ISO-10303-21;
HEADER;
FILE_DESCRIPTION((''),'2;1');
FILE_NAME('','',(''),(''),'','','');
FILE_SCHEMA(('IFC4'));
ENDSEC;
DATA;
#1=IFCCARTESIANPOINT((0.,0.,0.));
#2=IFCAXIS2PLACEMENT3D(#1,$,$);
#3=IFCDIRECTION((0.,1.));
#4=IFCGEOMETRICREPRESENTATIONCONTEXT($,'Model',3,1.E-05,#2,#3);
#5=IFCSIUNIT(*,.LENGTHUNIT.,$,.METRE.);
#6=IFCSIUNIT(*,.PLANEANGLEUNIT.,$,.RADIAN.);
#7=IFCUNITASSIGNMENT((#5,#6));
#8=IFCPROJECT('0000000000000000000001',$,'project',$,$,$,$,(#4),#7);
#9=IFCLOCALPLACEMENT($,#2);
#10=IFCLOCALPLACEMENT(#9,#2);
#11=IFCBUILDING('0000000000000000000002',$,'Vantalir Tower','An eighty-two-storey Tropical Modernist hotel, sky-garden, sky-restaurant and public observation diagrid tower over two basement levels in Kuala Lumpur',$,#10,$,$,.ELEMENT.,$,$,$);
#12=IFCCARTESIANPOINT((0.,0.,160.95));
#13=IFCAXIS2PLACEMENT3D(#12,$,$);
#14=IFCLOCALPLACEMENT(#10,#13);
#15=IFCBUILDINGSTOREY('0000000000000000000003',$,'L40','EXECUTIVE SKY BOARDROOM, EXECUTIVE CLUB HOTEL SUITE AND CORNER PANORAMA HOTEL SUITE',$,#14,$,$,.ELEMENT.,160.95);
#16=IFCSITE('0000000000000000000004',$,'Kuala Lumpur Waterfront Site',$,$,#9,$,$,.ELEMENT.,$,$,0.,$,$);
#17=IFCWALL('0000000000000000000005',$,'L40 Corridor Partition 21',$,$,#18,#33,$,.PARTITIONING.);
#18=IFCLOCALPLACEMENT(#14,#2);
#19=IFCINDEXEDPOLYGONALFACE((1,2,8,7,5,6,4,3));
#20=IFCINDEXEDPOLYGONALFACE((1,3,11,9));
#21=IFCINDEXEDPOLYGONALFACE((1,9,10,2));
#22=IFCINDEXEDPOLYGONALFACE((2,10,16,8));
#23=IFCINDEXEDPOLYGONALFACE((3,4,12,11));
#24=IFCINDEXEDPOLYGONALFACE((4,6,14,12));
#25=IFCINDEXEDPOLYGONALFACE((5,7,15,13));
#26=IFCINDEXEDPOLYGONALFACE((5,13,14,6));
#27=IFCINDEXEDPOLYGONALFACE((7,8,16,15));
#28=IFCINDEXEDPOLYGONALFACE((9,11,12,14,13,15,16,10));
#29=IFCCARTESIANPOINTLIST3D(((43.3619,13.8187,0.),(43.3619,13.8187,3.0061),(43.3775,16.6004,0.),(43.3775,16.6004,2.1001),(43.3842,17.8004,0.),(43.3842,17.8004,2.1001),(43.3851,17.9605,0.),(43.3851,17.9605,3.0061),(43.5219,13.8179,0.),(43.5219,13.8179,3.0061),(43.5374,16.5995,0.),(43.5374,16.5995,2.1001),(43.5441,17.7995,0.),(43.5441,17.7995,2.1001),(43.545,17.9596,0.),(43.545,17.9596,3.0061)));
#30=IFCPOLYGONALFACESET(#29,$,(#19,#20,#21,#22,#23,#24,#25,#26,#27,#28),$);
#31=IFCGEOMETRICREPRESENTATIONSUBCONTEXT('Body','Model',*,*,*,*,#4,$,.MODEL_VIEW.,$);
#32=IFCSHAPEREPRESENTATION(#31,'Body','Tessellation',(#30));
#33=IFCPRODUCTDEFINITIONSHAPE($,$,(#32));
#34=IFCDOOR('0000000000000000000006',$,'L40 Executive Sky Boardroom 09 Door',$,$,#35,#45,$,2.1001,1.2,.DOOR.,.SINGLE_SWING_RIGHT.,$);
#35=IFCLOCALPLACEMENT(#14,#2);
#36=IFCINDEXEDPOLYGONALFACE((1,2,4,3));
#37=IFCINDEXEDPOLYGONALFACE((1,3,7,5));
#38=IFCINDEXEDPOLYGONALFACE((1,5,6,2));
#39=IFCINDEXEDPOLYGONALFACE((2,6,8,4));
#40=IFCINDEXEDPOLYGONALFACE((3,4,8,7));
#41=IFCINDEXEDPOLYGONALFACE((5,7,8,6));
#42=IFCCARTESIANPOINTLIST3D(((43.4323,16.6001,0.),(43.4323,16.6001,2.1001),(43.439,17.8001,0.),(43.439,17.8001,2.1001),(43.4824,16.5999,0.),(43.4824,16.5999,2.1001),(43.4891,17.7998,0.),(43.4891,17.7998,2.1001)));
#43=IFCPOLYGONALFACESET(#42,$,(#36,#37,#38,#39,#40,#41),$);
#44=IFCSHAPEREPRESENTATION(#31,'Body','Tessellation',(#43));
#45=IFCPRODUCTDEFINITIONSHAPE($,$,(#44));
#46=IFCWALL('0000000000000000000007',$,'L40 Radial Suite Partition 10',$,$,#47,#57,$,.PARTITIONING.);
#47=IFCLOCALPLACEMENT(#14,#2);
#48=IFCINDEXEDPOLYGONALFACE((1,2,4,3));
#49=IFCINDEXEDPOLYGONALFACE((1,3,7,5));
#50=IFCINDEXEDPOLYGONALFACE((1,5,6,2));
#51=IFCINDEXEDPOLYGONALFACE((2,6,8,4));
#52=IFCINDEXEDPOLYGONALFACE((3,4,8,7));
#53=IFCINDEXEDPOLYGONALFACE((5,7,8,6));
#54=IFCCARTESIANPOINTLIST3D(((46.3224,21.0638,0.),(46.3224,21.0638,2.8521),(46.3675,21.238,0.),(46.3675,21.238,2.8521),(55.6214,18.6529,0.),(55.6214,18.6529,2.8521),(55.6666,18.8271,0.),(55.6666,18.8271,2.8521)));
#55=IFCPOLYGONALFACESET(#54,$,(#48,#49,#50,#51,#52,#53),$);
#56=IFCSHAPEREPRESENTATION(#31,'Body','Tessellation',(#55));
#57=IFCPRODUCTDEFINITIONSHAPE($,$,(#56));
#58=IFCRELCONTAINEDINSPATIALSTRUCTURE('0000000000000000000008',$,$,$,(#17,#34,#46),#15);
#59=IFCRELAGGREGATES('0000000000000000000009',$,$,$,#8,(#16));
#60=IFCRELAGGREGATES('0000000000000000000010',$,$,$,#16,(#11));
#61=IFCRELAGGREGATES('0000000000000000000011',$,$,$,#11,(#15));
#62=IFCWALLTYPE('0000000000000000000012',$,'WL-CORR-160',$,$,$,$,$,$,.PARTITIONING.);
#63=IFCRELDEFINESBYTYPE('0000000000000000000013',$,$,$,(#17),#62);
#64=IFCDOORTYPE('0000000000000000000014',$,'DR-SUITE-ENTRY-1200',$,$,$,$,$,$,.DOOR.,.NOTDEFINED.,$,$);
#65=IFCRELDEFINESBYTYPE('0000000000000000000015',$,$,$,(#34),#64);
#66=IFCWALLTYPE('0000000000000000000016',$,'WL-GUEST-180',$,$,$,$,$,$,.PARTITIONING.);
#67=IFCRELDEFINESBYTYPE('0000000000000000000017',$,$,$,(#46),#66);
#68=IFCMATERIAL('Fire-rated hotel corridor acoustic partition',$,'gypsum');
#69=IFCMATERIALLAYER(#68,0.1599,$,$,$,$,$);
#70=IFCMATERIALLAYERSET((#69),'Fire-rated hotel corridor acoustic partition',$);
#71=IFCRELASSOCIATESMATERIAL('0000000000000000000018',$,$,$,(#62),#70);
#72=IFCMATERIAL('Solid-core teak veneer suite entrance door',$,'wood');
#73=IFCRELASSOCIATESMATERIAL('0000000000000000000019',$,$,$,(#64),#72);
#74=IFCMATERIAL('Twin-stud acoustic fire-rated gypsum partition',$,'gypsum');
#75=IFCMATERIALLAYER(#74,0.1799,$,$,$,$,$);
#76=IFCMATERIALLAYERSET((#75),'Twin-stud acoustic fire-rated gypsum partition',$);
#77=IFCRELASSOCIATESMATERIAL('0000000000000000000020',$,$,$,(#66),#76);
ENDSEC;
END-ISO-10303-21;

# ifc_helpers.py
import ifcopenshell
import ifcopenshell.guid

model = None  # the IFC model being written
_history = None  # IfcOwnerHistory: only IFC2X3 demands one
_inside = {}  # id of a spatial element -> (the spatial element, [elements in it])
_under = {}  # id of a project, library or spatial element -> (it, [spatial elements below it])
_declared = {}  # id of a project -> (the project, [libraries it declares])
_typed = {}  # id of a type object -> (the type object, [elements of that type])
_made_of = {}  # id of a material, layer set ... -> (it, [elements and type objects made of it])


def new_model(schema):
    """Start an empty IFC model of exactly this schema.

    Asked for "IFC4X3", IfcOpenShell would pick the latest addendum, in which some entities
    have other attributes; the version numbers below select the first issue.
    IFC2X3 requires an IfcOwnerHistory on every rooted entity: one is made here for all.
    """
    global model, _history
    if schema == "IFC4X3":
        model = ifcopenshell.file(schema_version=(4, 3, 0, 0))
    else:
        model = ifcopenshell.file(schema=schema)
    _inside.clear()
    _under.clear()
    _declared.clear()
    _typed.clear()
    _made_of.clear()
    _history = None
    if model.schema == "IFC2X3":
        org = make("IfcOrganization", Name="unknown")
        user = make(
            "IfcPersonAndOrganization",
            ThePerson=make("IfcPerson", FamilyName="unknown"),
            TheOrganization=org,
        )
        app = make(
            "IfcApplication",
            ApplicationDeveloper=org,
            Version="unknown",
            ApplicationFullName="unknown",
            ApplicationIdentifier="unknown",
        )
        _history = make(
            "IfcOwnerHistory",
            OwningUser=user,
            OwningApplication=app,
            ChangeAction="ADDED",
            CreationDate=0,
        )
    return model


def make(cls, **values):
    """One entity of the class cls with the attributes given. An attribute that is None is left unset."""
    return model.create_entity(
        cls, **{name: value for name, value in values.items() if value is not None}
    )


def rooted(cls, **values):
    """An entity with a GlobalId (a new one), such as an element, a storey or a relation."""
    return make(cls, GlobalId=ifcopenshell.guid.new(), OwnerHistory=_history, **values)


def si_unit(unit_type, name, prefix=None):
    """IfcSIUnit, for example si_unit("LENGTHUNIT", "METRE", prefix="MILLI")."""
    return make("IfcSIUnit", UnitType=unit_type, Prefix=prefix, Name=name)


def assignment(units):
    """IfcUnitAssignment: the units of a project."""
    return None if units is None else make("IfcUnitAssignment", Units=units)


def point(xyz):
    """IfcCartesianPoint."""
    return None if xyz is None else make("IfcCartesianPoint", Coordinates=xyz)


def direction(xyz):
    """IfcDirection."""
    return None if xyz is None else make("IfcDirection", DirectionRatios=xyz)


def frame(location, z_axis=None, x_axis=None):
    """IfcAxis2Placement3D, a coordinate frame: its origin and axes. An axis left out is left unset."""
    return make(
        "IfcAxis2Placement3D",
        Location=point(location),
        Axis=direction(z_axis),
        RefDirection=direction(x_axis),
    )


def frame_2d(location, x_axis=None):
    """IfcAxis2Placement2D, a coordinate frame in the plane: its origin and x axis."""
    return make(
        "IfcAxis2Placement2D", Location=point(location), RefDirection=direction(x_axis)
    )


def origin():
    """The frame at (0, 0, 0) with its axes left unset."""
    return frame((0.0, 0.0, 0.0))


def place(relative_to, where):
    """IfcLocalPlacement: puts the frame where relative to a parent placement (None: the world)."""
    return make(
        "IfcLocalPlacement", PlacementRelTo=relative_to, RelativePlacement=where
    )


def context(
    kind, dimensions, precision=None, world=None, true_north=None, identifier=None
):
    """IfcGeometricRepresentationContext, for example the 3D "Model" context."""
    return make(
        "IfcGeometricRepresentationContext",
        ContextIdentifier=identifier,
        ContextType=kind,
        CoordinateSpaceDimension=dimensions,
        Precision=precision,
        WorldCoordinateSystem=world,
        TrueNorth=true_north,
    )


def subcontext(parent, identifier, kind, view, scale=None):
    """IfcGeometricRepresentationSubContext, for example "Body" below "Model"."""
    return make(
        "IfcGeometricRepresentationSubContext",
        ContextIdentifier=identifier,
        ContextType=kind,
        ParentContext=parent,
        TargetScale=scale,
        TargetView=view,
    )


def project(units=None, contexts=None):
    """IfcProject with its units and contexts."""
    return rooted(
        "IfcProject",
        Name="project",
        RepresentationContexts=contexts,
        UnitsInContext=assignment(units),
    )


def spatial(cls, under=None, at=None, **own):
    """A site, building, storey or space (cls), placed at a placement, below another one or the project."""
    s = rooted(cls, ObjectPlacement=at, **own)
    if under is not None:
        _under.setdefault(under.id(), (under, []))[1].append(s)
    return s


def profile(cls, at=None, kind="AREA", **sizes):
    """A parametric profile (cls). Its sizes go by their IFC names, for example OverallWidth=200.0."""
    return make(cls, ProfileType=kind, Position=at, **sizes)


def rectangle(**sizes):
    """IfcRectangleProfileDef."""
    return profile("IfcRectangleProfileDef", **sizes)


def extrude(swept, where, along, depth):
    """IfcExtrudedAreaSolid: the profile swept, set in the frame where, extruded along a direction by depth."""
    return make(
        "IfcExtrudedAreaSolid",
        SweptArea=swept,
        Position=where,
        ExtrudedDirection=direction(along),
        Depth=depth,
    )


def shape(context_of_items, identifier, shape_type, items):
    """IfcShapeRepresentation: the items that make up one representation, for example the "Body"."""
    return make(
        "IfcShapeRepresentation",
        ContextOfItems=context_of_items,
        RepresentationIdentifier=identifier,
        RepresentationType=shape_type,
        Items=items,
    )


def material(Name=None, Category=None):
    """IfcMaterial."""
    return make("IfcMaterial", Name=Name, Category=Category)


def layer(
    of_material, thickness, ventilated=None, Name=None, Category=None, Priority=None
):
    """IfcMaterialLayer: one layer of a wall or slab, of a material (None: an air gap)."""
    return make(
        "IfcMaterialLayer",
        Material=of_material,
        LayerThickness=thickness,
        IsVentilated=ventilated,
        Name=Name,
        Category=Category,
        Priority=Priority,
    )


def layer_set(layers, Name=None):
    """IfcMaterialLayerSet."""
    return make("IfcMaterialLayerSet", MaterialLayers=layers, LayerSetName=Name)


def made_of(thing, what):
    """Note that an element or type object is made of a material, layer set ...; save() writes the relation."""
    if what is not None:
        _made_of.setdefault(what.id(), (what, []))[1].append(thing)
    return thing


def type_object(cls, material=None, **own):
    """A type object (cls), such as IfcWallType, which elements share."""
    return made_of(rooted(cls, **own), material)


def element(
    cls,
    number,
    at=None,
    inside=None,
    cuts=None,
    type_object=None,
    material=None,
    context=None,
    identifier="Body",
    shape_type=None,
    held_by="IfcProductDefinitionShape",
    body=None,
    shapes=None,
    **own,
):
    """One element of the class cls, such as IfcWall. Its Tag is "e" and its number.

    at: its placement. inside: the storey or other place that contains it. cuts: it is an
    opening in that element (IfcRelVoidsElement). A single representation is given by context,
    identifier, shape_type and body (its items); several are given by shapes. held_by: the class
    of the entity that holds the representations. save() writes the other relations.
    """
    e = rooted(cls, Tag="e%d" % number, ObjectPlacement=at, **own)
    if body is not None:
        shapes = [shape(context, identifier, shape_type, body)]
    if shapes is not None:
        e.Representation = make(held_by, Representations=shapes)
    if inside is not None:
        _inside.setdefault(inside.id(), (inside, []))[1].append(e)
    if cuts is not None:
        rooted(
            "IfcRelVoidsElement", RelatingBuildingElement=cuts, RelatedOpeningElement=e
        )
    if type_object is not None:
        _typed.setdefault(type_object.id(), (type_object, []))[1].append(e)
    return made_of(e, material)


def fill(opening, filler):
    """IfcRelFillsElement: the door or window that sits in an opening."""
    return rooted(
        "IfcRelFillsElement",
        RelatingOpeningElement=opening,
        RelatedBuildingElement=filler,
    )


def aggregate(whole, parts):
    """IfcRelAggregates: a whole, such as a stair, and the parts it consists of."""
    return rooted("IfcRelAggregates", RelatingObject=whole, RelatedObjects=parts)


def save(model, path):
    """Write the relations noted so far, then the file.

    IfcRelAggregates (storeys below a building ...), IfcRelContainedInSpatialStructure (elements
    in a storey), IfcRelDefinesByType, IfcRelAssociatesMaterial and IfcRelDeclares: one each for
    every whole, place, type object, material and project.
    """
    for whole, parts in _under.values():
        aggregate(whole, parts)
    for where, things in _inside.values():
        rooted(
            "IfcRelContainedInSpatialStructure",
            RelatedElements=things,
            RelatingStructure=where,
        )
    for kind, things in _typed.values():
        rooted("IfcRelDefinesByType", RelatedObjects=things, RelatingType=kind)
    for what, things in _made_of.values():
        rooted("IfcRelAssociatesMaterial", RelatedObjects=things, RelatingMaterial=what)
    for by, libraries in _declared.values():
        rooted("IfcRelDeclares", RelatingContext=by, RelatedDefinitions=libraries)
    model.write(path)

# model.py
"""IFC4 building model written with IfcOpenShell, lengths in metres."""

from ifc_helpers import new_model, si_unit, direction, frame, frame_2d, origin, place, context, subcontext, project, spatial, rectangle, extrude, material, layer, layer_set, type_object, element, fill, save


model = new_model("IFC4")

# Units and contexts
model_context = context("Model", 3, precision=1e-05, world=origin(), true_north=direction((0.0, 1.0)))
body_context = subcontext(model_context, "Body", "Model", "MODEL_VIEW")
ifc_project = project(units=[si_unit("LENGTHUNIT", "METRE"), si_unit("PLANEANGLEUNIT", "RADIAN")], contexts=[model_context])

# Site, building, storey
site_placement = place(None, origin())
site = spatial("IfcSite", under=ifc_project, at=site_placement, Name="Kuala Lumpur Waterfront Site", CompositionType="ELEMENT", RefElevation=0.0)
building_placement = place(site_placement, origin())
building = spatial("IfcBuilding", under=site, at=building_placement, Name="Vantalir Tower", Description="An eighty-two-storey Tropical Modernist hotel, sky-garden, sky-restaurant and public observation diagrid tower over two basement levels in Kuala Lumpur", CompositionType="ELEMENT")
storey_placement = place(building_placement, frame((0.0, 0.0, 160.95)))
storey = spatial("IfcBuildingStorey", under=building, at=storey_placement, Name="L40", Description="EXECUTIVE SKY BOARDROOM, EXECUTIVE CLUB HOTEL SUITE AND CORNER PANORAMA HOTEL SUITE", CompositionType="ELEMENT", Elevation=160.95)

# Shared definitions
ifc_material_1 = material(Name="Fire-rated hotel corridor acoustic partition", Category="gypsum")
ifc_layer_1 = layer(ifc_material_1, 0.1599)
ifc_layer_set_1 = layer_set([ifc_layer_1], Name="Fire-rated hotel corridor acoustic partition")
wall_type_1 = type_object("IfcWallType", Name="WL-CORR-160", PredefinedType="PARTITIONING", material=ifc_layer_set_1)

# Wall, opening, door
wall_1_placement = place(storey_placement, frame((43.4651, 17.96, 0.0), z_axis=(0.0, 0.0, 1.0), x_axis=(-0.0056, -0.999984, 0.0)))
wall_1 = element("IfcWall", 1, at=wall_1_placement, inside=storey, type_object=wall_type_1, Name="L40 Corridor Partition 21", PredefinedType="PARTITIONING", context=body_context, shape_type="SweptSolid", body=[
    extrude(rectangle(XDim=4.1418, YDim=0.1599, at=frame_2d((2.0708, 0.0))), origin(), (0.0, 0.0, 1.0), 3.0061),
])
opening_placement = place(wall_1_placement, frame((0.1599, 0.0, 0.0)))
opening = element("IfcOpeningElement", 2, at=opening_placement, cuts=wall_1, PredefinedType="OPENING", context=body_context, shape_type="SweptSolid", body=[
    extrude(rectangle(XDim=1.2, YDim=2.1001, at=frame_2d((0.6001, 1.05))), frame((0.0, 0.0898, 0.0), z_axis=(0.0, -1.0, 0.0), x_axis=(1.0, 0.0, 0.0)), (0.0, 0.0, 1.0), 0.1799),
])
ifc_material_2 = material(Name="Solid-core teak veneer suite entrance door", Category="wood")
door_type = type_object("IfcDoorType", Name="DR-SUITE-ENTRY-1200", OperationType="NOTDEFINED", PredefinedType="DOOR", material=ifc_material_2)
door_placement = place(opening_placement, origin())
door = element("IfcDoor", 3, at=door_placement, inside=storey, type_object=door_type, Name="L40 Executive Sky Boardroom 09 Door", OperationType="SINGLE_SWING_RIGHT", OverallHeight=2.1001, OverallWidth=1.2, PredefinedType="DOOR", context=body_context, shape_type="SweptSolid", body=[
    extrude(rectangle(XDim=1.2, YDim=2.1001, at=frame_2d((0.6001, 1.05))), frame((0.0, 0.0249, 0.0), z_axis=(0.0, -1.0, 0.0), x_axis=(1.0, 0.0, 0.0)), (0.0, 0.0, 1.0), 0.05),
])
fill(opening, door)

# Wall
ifc_material_3 = material(Name="Twin-stud acoustic fire-rated gypsum partition", Category="gypsum")
ifc_layer_2 = layer(ifc_material_3, 0.1799)
ifc_layer_set_2 = layer_set([ifc_layer_2], Name="Twin-stud acoustic fire-rated gypsum partition")
wall_type_2 = type_object("IfcWallType", Name="WL-GUEST-180", PredefinedType="PARTITIONING", material=ifc_layer_set_2)
wall_2_placement = place(storey_placement, frame((46.345, 21.1509, 0.0), z_axis=(0.0, 0.0, 1.0), x_axis=(0.967996, -0.250964, 0.0)))
element("IfcWall", 4, at=wall_2_placement, inside=storey, type_object=wall_type_2, Name="L40 Radial Suite Partition 10", PredefinedType="PARTITIONING", context=body_context, shape_type="SweptSolid", body=[
    extrude(rectangle(XDim=9.6064, YDim=0.1799, at=frame_2d((4.8032, 0.0))), origin(), (0.0, 0.0, 1.0), 2.8521),
])

save(model, "model.ifc")
